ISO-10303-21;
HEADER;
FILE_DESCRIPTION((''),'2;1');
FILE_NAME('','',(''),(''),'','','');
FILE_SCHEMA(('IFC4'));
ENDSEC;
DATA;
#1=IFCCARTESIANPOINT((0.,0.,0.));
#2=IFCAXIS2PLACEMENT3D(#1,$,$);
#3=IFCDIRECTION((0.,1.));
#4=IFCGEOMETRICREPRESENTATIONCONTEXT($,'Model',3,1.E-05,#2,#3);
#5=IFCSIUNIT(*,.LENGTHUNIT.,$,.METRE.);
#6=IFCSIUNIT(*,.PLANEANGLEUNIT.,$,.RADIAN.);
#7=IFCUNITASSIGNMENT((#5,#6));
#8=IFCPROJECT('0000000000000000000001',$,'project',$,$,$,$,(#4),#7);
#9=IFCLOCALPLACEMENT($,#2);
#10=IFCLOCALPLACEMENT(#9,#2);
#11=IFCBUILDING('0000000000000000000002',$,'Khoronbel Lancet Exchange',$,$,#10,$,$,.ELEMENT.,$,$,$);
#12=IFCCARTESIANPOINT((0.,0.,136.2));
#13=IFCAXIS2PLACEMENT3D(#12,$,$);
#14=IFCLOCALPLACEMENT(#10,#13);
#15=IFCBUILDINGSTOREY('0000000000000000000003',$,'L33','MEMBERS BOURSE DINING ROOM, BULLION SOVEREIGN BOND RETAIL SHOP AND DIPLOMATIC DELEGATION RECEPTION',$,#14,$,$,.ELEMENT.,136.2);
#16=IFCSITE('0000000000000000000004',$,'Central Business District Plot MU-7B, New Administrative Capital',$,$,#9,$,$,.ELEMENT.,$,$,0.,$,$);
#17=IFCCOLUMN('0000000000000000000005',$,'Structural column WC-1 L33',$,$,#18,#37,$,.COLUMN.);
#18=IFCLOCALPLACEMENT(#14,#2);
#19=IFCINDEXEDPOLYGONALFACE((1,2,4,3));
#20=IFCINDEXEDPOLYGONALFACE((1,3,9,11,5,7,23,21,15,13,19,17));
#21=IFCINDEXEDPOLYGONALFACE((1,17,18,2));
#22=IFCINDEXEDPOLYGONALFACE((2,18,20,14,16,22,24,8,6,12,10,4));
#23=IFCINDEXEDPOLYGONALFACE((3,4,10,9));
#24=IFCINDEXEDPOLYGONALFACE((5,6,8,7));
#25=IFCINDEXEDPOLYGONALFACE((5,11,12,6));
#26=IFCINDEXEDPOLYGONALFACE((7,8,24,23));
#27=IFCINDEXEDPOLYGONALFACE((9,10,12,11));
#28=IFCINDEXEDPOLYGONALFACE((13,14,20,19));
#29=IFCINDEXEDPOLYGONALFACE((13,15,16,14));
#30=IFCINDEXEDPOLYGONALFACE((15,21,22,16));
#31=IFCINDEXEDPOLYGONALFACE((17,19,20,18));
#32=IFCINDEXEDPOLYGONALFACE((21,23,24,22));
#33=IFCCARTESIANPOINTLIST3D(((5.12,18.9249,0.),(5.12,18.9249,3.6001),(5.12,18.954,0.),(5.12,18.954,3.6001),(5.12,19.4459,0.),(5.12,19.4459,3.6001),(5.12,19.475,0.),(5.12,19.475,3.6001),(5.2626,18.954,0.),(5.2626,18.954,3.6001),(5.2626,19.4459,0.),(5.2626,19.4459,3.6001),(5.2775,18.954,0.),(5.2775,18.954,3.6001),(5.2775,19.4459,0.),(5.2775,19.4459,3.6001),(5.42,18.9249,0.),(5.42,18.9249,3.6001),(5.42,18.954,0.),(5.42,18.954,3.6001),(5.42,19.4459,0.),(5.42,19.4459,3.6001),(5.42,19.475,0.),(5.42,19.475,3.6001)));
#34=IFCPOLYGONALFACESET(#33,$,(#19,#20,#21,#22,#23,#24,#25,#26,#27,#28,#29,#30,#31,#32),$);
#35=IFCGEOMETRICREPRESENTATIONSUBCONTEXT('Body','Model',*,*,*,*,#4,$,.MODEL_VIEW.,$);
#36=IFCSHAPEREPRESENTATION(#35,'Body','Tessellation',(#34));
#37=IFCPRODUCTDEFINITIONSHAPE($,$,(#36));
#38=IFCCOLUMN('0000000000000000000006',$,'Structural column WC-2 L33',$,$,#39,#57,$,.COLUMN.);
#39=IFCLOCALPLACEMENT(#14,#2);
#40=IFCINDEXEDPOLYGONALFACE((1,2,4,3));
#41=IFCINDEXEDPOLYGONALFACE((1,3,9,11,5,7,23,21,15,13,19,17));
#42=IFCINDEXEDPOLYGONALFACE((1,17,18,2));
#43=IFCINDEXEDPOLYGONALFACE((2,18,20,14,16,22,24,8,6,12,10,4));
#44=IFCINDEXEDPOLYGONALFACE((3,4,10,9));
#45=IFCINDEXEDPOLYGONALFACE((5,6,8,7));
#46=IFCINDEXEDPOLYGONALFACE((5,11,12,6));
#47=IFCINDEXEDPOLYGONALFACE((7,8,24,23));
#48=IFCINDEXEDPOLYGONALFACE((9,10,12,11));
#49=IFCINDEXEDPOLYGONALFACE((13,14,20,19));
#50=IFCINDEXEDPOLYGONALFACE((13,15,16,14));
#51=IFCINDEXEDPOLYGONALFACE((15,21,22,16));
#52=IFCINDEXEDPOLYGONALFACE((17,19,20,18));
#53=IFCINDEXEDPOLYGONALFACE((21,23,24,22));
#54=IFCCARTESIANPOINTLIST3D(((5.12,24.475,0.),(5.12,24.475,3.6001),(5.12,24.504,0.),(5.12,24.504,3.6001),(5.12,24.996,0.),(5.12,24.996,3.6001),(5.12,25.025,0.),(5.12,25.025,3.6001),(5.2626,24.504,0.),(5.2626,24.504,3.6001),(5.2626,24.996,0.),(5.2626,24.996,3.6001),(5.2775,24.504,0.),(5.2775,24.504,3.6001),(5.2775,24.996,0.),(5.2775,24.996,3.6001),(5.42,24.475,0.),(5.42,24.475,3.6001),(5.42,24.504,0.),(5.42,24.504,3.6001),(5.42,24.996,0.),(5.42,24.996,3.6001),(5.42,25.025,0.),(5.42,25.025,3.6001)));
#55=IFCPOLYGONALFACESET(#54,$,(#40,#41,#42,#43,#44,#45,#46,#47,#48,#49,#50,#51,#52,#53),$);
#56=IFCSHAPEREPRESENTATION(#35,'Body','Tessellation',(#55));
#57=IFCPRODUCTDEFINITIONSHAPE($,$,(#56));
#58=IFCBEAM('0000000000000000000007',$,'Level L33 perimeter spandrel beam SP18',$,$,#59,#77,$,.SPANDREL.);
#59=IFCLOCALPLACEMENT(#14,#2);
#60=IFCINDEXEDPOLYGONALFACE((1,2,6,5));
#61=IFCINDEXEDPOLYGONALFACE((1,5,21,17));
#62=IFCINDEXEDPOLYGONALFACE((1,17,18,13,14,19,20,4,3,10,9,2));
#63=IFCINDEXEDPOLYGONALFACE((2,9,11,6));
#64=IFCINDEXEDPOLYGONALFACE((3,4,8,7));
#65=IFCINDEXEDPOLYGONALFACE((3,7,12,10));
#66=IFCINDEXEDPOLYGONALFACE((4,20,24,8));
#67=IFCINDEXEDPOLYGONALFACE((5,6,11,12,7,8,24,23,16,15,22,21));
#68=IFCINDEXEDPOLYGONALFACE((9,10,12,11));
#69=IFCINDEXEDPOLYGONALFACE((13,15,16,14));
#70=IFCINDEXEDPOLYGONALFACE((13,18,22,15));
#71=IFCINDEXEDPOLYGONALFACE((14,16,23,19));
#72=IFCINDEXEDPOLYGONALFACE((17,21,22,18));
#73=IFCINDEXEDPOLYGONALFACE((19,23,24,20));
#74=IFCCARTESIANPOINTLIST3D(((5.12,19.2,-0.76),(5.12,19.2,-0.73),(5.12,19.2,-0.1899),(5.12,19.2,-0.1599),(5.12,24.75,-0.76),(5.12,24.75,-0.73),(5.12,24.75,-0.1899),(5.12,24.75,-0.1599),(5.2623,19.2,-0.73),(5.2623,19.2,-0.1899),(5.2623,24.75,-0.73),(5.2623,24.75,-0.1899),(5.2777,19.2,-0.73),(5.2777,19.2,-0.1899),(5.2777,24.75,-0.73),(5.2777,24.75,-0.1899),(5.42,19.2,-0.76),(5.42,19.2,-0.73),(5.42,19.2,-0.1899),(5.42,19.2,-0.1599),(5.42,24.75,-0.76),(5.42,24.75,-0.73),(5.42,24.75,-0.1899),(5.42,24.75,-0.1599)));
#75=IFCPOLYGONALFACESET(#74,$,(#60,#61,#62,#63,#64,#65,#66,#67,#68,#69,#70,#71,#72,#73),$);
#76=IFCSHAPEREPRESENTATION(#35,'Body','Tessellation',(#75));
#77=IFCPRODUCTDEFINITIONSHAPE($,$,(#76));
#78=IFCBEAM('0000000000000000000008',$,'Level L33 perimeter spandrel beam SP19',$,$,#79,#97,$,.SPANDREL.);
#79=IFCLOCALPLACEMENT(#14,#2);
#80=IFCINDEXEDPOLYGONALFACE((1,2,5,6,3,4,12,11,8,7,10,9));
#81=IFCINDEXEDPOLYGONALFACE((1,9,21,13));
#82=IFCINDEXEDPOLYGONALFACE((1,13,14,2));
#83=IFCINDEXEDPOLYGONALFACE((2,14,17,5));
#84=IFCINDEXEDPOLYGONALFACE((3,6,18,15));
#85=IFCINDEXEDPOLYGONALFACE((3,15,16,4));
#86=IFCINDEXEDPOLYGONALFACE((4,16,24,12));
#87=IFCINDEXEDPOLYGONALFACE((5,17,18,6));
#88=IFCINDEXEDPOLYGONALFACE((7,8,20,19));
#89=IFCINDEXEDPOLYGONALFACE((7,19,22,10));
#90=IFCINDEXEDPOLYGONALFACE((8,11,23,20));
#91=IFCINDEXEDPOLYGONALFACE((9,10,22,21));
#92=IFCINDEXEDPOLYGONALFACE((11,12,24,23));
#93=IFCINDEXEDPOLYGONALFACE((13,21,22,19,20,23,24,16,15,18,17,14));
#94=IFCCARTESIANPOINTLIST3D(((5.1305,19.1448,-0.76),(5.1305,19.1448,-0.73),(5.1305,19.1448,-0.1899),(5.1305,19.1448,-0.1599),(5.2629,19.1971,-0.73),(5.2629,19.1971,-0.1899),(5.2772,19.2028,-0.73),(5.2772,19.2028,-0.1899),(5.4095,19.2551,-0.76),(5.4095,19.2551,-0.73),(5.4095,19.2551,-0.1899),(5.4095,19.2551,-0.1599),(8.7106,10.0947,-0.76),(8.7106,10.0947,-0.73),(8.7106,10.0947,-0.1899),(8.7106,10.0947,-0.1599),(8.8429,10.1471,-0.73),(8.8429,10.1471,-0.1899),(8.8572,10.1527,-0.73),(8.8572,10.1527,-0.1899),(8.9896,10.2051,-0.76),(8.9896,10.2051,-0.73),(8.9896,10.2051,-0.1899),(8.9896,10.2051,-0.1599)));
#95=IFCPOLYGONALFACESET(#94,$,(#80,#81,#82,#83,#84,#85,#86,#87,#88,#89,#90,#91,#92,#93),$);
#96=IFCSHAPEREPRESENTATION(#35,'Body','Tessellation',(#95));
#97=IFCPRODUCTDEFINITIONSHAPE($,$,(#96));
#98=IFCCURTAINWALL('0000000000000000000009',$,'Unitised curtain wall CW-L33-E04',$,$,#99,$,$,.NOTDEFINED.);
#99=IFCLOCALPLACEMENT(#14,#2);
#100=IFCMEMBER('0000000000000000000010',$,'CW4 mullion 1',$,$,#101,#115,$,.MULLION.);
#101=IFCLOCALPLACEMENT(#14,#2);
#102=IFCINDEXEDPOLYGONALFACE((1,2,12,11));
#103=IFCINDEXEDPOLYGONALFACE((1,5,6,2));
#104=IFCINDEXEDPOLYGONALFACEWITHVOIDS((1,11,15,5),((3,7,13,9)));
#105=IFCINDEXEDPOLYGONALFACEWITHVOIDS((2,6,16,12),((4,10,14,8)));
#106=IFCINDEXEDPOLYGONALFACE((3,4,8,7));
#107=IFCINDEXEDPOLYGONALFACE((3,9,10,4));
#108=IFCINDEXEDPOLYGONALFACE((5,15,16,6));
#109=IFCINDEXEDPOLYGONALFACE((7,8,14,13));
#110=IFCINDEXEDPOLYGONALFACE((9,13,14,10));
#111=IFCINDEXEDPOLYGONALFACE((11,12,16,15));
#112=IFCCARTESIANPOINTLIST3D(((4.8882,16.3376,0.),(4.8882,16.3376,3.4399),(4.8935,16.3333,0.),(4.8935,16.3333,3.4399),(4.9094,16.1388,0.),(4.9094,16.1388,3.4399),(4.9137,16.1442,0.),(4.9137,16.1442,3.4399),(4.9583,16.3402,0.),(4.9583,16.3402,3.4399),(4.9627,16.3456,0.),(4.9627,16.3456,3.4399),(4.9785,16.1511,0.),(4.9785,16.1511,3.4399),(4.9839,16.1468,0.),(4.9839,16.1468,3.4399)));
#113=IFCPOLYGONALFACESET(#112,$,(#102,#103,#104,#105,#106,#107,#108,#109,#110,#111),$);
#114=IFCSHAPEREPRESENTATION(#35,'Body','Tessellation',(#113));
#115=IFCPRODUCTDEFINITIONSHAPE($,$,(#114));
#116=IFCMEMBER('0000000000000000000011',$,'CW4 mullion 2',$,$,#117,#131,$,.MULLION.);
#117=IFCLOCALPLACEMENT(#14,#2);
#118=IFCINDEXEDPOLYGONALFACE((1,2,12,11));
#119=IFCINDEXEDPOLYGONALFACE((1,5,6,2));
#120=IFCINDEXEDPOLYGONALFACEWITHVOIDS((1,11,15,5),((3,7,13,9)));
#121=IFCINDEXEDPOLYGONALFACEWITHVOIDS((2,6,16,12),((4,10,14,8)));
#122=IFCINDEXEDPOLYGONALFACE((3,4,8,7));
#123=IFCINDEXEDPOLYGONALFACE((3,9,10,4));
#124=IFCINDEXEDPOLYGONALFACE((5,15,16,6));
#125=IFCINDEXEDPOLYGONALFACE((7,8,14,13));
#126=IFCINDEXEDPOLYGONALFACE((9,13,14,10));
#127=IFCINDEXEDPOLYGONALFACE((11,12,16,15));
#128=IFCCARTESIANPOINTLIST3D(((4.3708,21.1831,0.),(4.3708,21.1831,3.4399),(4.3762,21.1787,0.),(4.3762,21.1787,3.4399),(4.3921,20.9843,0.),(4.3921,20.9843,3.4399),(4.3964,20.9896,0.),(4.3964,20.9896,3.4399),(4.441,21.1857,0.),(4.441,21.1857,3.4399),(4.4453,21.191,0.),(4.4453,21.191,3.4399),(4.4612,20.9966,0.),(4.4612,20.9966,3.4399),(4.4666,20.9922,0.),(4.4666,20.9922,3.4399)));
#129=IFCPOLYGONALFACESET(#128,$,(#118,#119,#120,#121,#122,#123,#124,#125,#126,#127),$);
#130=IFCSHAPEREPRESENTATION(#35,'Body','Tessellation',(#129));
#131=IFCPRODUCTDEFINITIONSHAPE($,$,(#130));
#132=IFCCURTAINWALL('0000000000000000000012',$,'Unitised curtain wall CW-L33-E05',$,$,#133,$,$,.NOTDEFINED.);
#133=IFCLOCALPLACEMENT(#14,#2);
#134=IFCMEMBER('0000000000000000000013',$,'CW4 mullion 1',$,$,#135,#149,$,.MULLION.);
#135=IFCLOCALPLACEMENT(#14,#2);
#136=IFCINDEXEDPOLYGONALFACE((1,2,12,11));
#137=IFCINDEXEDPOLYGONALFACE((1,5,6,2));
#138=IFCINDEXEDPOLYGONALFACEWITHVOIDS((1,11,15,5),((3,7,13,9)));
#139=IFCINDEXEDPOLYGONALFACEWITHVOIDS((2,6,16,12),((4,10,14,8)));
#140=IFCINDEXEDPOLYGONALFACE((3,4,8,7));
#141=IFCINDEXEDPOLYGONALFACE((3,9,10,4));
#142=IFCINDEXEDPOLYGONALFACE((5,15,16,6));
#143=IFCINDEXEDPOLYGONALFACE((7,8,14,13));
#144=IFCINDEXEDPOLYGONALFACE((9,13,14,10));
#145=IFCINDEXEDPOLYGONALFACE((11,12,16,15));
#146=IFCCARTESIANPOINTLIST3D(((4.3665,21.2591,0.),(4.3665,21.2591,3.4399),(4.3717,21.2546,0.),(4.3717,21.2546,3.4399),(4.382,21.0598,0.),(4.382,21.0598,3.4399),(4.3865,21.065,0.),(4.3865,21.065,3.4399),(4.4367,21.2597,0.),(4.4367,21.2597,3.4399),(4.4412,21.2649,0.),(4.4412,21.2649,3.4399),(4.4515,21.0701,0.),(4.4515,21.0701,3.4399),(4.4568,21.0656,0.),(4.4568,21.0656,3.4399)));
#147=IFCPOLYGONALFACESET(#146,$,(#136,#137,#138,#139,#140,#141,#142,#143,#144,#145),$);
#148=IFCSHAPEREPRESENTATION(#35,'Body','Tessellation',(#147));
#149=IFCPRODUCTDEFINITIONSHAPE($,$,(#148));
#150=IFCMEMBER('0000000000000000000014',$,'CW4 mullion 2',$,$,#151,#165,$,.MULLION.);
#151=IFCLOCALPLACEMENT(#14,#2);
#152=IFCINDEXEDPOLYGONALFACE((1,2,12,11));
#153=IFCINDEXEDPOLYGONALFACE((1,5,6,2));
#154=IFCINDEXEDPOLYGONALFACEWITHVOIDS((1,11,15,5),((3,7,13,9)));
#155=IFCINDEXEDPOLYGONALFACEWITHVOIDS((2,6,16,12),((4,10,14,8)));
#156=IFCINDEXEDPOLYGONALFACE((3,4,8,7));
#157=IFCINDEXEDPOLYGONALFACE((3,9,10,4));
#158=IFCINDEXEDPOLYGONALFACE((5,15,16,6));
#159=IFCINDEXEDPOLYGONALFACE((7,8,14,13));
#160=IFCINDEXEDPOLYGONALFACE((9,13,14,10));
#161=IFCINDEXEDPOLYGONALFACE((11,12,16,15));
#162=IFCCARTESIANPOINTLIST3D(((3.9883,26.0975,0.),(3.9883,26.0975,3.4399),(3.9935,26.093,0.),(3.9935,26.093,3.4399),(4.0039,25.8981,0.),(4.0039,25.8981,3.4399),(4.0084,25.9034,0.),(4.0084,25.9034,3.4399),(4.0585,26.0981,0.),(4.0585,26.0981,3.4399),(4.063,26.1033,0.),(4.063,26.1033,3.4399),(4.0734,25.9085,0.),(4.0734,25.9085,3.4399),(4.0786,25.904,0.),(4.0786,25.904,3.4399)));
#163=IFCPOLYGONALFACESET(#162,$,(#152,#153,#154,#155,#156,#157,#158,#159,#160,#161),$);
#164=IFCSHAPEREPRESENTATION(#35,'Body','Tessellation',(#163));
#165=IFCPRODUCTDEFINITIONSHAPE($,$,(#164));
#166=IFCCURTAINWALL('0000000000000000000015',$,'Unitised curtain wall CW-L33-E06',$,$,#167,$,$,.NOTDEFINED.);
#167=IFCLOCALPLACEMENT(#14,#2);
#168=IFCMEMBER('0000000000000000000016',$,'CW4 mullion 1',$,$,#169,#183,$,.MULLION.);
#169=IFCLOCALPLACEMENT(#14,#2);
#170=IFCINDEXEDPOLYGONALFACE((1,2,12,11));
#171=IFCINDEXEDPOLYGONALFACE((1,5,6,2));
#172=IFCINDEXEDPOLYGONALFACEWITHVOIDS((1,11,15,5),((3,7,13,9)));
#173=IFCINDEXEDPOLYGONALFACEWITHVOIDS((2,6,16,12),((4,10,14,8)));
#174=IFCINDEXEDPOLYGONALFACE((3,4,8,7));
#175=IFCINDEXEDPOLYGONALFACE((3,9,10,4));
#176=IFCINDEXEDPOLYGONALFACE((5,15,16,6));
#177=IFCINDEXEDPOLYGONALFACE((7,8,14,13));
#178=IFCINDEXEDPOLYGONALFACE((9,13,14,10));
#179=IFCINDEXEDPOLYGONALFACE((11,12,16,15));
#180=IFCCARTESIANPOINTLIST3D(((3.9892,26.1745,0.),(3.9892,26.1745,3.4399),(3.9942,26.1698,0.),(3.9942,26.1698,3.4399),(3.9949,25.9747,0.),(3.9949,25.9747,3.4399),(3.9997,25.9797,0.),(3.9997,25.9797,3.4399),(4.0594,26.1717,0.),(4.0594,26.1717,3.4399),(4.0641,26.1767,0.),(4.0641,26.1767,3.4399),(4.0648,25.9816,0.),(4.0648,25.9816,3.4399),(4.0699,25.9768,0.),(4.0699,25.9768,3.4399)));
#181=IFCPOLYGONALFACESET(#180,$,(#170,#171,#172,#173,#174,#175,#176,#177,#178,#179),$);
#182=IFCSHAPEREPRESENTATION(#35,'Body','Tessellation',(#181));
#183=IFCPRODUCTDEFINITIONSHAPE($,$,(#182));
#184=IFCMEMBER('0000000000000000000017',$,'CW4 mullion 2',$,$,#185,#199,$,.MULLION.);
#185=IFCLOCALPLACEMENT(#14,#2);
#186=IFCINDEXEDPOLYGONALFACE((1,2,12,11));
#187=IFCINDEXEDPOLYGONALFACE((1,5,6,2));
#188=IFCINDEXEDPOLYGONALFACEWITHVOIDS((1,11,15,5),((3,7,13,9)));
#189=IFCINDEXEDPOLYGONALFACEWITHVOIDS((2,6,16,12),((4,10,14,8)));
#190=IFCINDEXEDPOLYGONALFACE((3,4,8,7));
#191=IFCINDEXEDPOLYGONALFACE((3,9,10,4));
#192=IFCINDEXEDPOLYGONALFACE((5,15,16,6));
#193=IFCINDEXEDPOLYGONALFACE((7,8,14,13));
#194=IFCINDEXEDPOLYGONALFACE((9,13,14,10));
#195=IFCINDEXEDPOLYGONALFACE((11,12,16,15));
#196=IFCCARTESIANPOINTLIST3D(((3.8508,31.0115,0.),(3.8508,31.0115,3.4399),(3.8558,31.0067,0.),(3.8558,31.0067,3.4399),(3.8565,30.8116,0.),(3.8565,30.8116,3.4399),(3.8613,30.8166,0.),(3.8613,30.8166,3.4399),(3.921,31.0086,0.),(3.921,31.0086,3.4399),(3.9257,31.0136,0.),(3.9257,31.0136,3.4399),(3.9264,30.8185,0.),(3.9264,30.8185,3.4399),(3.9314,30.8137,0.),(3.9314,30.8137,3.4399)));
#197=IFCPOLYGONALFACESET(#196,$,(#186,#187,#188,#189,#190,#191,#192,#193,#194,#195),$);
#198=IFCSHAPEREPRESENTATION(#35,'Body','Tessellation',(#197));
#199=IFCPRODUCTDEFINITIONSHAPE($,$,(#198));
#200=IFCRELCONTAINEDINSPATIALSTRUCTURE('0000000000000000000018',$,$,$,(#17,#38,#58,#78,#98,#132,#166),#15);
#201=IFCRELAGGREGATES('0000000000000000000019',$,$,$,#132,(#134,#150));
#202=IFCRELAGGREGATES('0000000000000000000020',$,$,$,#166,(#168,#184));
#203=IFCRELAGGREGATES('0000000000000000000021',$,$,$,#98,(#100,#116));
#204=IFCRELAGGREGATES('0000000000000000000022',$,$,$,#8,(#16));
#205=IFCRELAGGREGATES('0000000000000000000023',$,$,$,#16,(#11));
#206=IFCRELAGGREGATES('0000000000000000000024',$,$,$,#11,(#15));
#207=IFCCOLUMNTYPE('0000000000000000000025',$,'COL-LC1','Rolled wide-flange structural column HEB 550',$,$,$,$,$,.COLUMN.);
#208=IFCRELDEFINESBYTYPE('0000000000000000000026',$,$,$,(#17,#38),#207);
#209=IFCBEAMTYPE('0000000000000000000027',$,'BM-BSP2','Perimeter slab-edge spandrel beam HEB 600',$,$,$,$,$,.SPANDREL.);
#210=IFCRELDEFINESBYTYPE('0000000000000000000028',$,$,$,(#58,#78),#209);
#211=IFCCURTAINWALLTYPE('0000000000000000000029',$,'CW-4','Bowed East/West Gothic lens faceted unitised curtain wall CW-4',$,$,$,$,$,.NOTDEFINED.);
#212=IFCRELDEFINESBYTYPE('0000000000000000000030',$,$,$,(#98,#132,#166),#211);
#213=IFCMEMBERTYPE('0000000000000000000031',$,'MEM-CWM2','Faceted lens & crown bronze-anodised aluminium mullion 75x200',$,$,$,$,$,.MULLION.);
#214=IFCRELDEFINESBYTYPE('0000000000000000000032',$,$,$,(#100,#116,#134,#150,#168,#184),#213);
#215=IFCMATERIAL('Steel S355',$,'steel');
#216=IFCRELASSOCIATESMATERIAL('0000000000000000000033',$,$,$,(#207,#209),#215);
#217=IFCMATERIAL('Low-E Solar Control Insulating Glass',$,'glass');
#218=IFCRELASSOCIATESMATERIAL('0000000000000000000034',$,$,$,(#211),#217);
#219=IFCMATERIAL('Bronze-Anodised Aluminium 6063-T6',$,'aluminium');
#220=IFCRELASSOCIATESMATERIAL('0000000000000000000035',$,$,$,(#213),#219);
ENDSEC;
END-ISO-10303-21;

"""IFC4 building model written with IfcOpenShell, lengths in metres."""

from ifc_helpers import new_model, si_unit, direction, frame, origin, origin_2d, place, context, subcontext, project, spatial, hollow_rectangle, i_section, extrude, material, material_profile, profile_set, type_object, element, aggregate, save


model = new_model("IFC4")

# Units and contexts
model_context = context("Model", 3, precision=1e-05, world=origin(), true_north=direction((0.0, 1.0)))
body_context = subcontext(model_context, "Body", "Model", "MODEL_VIEW")
ifc_project = project(units=[si_unit("LENGTHUNIT", "METRE"), si_unit("PLANEANGLEUNIT", "RADIAN")], contexts=[model_context])

# Site, building, storey
site_placement = place(None, origin())
site = spatial("IfcSite", under=ifc_project, at=site_placement, Name="Central Business District Plot MU-7B, New Administrative Capital", CompositionType="ELEMENT", RefElevation=0.0)
building_placement = place(site_placement, origin())
building = spatial("IfcBuilding", under=site, at=building_placement, Name="Khoronbel Lancet Exchange", CompositionType="ELEMENT")
storey_placement = place(building_placement, frame((0.0, 0.0, 136.2)))
storey = spatial("IfcBuildingStorey", under=building, at=storey_placement, Name="L33", Description="MEMBERS BOURSE DINING ROOM, BULLION SOVEREIGN BOND RETAIL SHOP AND DIPLOMATIC DELEGATION RECEPTION", CompositionType="ELEMENT", Elevation=136.2)

# Columns
ifc_material_1 = material(Name="Steel S355", Category="steel")
ifc_material_profile_1 = material_profile(ifc_material_1, i_section(OverallWidth=0.3, OverallDepth=0.55, WebThickness=0.0149, FlangeThickness=0.0291, at=origin_2d()), Name="HEB 550")
ifc_profile_set_1 = profile_set([ifc_material_profile_1], Name="Steel S355")
column_type = type_object("IfcColumnType", Name="COL-LC1", Description="Rolled wide-flange structural column HEB 550", PredefinedType="COLUMN", material=ifc_profile_set_1)
for number, where, z_axis, x_axis, name in (
    (1, (5.27, 19.2, 0.0), (0.0, 0.0, 1.0), (1.0, 0.0, 0.0), "Structural column WC-1 L33"),
    (2, (5.27, 24.75, 0.0), (0.0, 0.0, 1.0), (1.0, 0.0, 0.0), "Structural column WC-2 L33"),
):
    element("IfcColumn", number, at=place(storey_placement, frame(where, z_axis=z_axis, x_axis=x_axis)), inside=storey, type_object=column_type, Name=name, PredefinedType="COLUMN", context=body_context, shape_type="SweptSolid", body=[
        extrude(i_section(OverallWidth=0.3, OverallDepth=0.55, WebThickness=0.0149, FlangeThickness=0.0291, at=origin_2d()), origin(), (0.0, 0.0, 1.0), 3.6001),
    ])

# Beams
ifc_material_profile_2 = material_profile(ifc_material_1, i_section(OverallWidth=0.3, OverallDepth=0.6001, WebThickness=0.0154, FlangeThickness=0.03, at=origin_2d()), Name="HEB 600")
ifc_profile_set_2 = profile_set([ifc_material_profile_2], Name="Steel S355")
beam_type = type_object("IfcBeamType", Name="BM-BSP2", Description="Perimeter slab-edge spandrel beam HEB 600", PredefinedType="SPANDREL", material=ifc_profile_set_2)
beam_1_placement = place(storey_placement, frame((5.27, 24.75, -0.46), z_axis=(0.0, -1.0, 0.0), x_axis=(1.0, 0.0, 0.0)))
element("IfcBeam", 3, at=beam_1_placement, inside=storey, type_object=beam_type, Name="Level L33 perimeter spandrel beam SP18", PredefinedType="SPANDREL", context=body_context, shape_type="SweptSolid", body=[
    extrude(i_section(OverallWidth=0.3, OverallDepth=0.6001, WebThickness=0.0154, FlangeThickness=0.03, at=origin_2d()), origin(), (0.0, 0.0, 1.0), 5.55),
])
beam_2_placement = place(storey_placement, frame((5.27, 19.2, -0.46), z_axis=(0.36785, -0.929885, 0.0), x_axis=(0.929885, 0.36785, 0.0)))
element("IfcBeam", 4, at=beam_2_placement, inside=storey, type_object=beam_type, Name="Level L33 perimeter spandrel beam SP19", PredefinedType="SPANDREL", context=body_context, shape_type="SweptSolid", body=[
    extrude(i_section(OverallWidth=0.3, OverallDepth=0.6001, WebThickness=0.0154, FlangeThickness=0.03, at=origin_2d()), origin(), (0.0, 0.0, 1.0), 9.7324),
])

# Curtain walls, members
ifc_material_2 = material(Name="Low-E Solar Control Insulating Glass", Category="glass")
curtain_wall_type = type_object("IfcCurtainWallType", Name="CW-4", Description="Bowed East/West Gothic lens faceted unitised curtain wall CW-4", PredefinedType="NOTDEFINED", material=ifc_material_2)
curtain_wall_1_placement = place(storey_placement, origin())
curtain_wall_1 = element("IfcCurtainWall", 5, at=curtain_wall_1_placement, inside=storey, type_object=curtain_wall_type, Name="Unitised curtain wall CW-L33-E04", PredefinedType="NOTDEFINED")
ifc_material_3 = material(Name="Bronze-Anodised Aluminium 6063-T6", Category="aluminium")
ifc_material_profile_3 = material_profile(ifc_material_3, hollow_rectangle(XDim=0.075, YDim=0.2, WallThickness=0.0049, at=origin_2d()), Name="ALU MULLION 75x200")
ifc_profile_set_3 = profile_set([ifc_material_profile_3], Name="Bronze-Anodised Aluminium 6063-T6")
member_type_1 = type_object("IfcMemberType", Name="MEM-CWM2", Description="Faceted lens & crown bronze-anodised aluminium mullion 75x200", PredefinedType="MULLION", material=ifc_profile_set_3)
member_1_placement = place(storey_placement, frame((4.936, 16.2422, 0.0), z_axis=(0.0, 0.0, 1.0), x_axis=(-0.994347, -0.106181, 0.0)))
member_1 = element("IfcMember", 6, at=member_1_placement, type_object=member_type_1, Name="CW4 mullion 1", PredefinedType="MULLION", context=body_context, shape_type="SweptSolid", body=[
    extrude(hollow_rectangle(XDim=0.075, YDim=0.2, WallThickness=0.0049, at=origin_2d()), origin(), (0.0, 0.0, 1.0), 3.4399),
])
member_2_placement = place(storey_placement, frame((4.4187, 21.0876, 0.0), z_axis=(0.0, 0.0, 1.0), x_axis=(-0.994347, -0.106181, 0.0)))
member_2 = element("IfcMember", 7, at=member_2_placement, type_object=member_type_1, Name="CW4 mullion 2", PredefinedType="MULLION", context=body_context, shape_type="SweptSolid", body=[
    extrude(hollow_rectangle(XDim=0.075, YDim=0.2, WallThickness=0.0049, at=origin_2d()), origin(), (0.0, 0.0, 1.0), 3.4399),
])
curtain_wall_2_placement = place(storey_placement, origin())
curtain_wall_2 = element("IfcCurtainWall", 8, at=curtain_wall_2_placement, inside=storey, type_object=curtain_wall_type, Name="Unitised curtain wall CW-L33-E05", PredefinedType="NOTDEFINED")
member_3_placement = place(storey_placement, frame((4.4116, 21.1624, 0.0), z_axis=(0.0, 0.0, 1.0), x_axis=(-0.99696, -0.077921, 0.0)))
member_3 = element("IfcMember", 9, at=member_3_placement, type_object=member_type_1, Name="CW4 mullion 1", PredefinedType="MULLION", context=body_context, shape_type="SweptSolid", body=[
    extrude(hollow_rectangle(XDim=0.075, YDim=0.2, WallThickness=0.0049, at=origin_2d()), origin(), (0.0, 0.0, 1.0), 3.4399),
])
member_4_placement = place(storey_placement, frame((4.0334, 26.0007, 0.0), z_axis=(0.0, 0.0, 1.0), x_axis=(-0.99696, -0.077921, 0.0)))
member_4 = element("IfcMember", 10, at=member_4_placement, type_object=member_type_1, Name="CW4 mullion 2", PredefinedType="MULLION", context=body_context, shape_type="SweptSolid", body=[
    extrude(hollow_rectangle(XDim=0.075, YDim=0.2, WallThickness=0.0049, at=origin_2d()), origin(), (0.0, 0.0, 1.0), 3.4399),
])
curtain_wall_3_placement = place(storey_placement, origin())
curtain_wall_3 = element("IfcCurtainWall", 11, at=curtain_wall_3_placement, inside=storey, type_object=curtain_wall_type, Name="Unitised curtain wall CW-L33-E06", PredefinedType="NOTDEFINED")
member_5_placement = place(storey_placement, frame((4.0295, 26.0757, 0.0), z_axis=(0.0, 0.0, 1.0), x_axis=(-0.999591, -0.028613, 0.0)))
member_5 = element("IfcMember", 12, at=member_5_placement, type_object=member_type_1, Name="CW4 mullion 1", PredefinedType="MULLION", context=body_context, shape_type="SweptSolid", body=[
    extrude(hollow_rectangle(XDim=0.075, YDim=0.2, WallThickness=0.0049, at=origin_2d()), origin(), (0.0, 0.0, 1.0), 3.4399),
])
member_6_placement = place(storey_placement, frame((3.8911, 30.9126, 0.0), z_axis=(0.0, 0.0, 1.0), x_axis=(-0.999591, -0.028613, 0.0)))
member_6 = element("IfcMember", 13, at=member_6_placement, type_object=member_type_1, Name="CW4 mullion 2", PredefinedType="MULLION", context=body_context, shape_type="SweptSolid", body=[
    extrude(hollow_rectangle(XDim=0.075, YDim=0.2, WallThickness=0.0049, at=origin_2d()), origin(), (0.0, 0.0, 1.0), 3.4399),
])

aggregate(curtain_wall_2, [member_3, member_4])
aggregate(curtain_wall_3, [member_5, member_6])
aggregate(curtain_wall_1, [member_1, member_2])

save(model, "model.ifc")
